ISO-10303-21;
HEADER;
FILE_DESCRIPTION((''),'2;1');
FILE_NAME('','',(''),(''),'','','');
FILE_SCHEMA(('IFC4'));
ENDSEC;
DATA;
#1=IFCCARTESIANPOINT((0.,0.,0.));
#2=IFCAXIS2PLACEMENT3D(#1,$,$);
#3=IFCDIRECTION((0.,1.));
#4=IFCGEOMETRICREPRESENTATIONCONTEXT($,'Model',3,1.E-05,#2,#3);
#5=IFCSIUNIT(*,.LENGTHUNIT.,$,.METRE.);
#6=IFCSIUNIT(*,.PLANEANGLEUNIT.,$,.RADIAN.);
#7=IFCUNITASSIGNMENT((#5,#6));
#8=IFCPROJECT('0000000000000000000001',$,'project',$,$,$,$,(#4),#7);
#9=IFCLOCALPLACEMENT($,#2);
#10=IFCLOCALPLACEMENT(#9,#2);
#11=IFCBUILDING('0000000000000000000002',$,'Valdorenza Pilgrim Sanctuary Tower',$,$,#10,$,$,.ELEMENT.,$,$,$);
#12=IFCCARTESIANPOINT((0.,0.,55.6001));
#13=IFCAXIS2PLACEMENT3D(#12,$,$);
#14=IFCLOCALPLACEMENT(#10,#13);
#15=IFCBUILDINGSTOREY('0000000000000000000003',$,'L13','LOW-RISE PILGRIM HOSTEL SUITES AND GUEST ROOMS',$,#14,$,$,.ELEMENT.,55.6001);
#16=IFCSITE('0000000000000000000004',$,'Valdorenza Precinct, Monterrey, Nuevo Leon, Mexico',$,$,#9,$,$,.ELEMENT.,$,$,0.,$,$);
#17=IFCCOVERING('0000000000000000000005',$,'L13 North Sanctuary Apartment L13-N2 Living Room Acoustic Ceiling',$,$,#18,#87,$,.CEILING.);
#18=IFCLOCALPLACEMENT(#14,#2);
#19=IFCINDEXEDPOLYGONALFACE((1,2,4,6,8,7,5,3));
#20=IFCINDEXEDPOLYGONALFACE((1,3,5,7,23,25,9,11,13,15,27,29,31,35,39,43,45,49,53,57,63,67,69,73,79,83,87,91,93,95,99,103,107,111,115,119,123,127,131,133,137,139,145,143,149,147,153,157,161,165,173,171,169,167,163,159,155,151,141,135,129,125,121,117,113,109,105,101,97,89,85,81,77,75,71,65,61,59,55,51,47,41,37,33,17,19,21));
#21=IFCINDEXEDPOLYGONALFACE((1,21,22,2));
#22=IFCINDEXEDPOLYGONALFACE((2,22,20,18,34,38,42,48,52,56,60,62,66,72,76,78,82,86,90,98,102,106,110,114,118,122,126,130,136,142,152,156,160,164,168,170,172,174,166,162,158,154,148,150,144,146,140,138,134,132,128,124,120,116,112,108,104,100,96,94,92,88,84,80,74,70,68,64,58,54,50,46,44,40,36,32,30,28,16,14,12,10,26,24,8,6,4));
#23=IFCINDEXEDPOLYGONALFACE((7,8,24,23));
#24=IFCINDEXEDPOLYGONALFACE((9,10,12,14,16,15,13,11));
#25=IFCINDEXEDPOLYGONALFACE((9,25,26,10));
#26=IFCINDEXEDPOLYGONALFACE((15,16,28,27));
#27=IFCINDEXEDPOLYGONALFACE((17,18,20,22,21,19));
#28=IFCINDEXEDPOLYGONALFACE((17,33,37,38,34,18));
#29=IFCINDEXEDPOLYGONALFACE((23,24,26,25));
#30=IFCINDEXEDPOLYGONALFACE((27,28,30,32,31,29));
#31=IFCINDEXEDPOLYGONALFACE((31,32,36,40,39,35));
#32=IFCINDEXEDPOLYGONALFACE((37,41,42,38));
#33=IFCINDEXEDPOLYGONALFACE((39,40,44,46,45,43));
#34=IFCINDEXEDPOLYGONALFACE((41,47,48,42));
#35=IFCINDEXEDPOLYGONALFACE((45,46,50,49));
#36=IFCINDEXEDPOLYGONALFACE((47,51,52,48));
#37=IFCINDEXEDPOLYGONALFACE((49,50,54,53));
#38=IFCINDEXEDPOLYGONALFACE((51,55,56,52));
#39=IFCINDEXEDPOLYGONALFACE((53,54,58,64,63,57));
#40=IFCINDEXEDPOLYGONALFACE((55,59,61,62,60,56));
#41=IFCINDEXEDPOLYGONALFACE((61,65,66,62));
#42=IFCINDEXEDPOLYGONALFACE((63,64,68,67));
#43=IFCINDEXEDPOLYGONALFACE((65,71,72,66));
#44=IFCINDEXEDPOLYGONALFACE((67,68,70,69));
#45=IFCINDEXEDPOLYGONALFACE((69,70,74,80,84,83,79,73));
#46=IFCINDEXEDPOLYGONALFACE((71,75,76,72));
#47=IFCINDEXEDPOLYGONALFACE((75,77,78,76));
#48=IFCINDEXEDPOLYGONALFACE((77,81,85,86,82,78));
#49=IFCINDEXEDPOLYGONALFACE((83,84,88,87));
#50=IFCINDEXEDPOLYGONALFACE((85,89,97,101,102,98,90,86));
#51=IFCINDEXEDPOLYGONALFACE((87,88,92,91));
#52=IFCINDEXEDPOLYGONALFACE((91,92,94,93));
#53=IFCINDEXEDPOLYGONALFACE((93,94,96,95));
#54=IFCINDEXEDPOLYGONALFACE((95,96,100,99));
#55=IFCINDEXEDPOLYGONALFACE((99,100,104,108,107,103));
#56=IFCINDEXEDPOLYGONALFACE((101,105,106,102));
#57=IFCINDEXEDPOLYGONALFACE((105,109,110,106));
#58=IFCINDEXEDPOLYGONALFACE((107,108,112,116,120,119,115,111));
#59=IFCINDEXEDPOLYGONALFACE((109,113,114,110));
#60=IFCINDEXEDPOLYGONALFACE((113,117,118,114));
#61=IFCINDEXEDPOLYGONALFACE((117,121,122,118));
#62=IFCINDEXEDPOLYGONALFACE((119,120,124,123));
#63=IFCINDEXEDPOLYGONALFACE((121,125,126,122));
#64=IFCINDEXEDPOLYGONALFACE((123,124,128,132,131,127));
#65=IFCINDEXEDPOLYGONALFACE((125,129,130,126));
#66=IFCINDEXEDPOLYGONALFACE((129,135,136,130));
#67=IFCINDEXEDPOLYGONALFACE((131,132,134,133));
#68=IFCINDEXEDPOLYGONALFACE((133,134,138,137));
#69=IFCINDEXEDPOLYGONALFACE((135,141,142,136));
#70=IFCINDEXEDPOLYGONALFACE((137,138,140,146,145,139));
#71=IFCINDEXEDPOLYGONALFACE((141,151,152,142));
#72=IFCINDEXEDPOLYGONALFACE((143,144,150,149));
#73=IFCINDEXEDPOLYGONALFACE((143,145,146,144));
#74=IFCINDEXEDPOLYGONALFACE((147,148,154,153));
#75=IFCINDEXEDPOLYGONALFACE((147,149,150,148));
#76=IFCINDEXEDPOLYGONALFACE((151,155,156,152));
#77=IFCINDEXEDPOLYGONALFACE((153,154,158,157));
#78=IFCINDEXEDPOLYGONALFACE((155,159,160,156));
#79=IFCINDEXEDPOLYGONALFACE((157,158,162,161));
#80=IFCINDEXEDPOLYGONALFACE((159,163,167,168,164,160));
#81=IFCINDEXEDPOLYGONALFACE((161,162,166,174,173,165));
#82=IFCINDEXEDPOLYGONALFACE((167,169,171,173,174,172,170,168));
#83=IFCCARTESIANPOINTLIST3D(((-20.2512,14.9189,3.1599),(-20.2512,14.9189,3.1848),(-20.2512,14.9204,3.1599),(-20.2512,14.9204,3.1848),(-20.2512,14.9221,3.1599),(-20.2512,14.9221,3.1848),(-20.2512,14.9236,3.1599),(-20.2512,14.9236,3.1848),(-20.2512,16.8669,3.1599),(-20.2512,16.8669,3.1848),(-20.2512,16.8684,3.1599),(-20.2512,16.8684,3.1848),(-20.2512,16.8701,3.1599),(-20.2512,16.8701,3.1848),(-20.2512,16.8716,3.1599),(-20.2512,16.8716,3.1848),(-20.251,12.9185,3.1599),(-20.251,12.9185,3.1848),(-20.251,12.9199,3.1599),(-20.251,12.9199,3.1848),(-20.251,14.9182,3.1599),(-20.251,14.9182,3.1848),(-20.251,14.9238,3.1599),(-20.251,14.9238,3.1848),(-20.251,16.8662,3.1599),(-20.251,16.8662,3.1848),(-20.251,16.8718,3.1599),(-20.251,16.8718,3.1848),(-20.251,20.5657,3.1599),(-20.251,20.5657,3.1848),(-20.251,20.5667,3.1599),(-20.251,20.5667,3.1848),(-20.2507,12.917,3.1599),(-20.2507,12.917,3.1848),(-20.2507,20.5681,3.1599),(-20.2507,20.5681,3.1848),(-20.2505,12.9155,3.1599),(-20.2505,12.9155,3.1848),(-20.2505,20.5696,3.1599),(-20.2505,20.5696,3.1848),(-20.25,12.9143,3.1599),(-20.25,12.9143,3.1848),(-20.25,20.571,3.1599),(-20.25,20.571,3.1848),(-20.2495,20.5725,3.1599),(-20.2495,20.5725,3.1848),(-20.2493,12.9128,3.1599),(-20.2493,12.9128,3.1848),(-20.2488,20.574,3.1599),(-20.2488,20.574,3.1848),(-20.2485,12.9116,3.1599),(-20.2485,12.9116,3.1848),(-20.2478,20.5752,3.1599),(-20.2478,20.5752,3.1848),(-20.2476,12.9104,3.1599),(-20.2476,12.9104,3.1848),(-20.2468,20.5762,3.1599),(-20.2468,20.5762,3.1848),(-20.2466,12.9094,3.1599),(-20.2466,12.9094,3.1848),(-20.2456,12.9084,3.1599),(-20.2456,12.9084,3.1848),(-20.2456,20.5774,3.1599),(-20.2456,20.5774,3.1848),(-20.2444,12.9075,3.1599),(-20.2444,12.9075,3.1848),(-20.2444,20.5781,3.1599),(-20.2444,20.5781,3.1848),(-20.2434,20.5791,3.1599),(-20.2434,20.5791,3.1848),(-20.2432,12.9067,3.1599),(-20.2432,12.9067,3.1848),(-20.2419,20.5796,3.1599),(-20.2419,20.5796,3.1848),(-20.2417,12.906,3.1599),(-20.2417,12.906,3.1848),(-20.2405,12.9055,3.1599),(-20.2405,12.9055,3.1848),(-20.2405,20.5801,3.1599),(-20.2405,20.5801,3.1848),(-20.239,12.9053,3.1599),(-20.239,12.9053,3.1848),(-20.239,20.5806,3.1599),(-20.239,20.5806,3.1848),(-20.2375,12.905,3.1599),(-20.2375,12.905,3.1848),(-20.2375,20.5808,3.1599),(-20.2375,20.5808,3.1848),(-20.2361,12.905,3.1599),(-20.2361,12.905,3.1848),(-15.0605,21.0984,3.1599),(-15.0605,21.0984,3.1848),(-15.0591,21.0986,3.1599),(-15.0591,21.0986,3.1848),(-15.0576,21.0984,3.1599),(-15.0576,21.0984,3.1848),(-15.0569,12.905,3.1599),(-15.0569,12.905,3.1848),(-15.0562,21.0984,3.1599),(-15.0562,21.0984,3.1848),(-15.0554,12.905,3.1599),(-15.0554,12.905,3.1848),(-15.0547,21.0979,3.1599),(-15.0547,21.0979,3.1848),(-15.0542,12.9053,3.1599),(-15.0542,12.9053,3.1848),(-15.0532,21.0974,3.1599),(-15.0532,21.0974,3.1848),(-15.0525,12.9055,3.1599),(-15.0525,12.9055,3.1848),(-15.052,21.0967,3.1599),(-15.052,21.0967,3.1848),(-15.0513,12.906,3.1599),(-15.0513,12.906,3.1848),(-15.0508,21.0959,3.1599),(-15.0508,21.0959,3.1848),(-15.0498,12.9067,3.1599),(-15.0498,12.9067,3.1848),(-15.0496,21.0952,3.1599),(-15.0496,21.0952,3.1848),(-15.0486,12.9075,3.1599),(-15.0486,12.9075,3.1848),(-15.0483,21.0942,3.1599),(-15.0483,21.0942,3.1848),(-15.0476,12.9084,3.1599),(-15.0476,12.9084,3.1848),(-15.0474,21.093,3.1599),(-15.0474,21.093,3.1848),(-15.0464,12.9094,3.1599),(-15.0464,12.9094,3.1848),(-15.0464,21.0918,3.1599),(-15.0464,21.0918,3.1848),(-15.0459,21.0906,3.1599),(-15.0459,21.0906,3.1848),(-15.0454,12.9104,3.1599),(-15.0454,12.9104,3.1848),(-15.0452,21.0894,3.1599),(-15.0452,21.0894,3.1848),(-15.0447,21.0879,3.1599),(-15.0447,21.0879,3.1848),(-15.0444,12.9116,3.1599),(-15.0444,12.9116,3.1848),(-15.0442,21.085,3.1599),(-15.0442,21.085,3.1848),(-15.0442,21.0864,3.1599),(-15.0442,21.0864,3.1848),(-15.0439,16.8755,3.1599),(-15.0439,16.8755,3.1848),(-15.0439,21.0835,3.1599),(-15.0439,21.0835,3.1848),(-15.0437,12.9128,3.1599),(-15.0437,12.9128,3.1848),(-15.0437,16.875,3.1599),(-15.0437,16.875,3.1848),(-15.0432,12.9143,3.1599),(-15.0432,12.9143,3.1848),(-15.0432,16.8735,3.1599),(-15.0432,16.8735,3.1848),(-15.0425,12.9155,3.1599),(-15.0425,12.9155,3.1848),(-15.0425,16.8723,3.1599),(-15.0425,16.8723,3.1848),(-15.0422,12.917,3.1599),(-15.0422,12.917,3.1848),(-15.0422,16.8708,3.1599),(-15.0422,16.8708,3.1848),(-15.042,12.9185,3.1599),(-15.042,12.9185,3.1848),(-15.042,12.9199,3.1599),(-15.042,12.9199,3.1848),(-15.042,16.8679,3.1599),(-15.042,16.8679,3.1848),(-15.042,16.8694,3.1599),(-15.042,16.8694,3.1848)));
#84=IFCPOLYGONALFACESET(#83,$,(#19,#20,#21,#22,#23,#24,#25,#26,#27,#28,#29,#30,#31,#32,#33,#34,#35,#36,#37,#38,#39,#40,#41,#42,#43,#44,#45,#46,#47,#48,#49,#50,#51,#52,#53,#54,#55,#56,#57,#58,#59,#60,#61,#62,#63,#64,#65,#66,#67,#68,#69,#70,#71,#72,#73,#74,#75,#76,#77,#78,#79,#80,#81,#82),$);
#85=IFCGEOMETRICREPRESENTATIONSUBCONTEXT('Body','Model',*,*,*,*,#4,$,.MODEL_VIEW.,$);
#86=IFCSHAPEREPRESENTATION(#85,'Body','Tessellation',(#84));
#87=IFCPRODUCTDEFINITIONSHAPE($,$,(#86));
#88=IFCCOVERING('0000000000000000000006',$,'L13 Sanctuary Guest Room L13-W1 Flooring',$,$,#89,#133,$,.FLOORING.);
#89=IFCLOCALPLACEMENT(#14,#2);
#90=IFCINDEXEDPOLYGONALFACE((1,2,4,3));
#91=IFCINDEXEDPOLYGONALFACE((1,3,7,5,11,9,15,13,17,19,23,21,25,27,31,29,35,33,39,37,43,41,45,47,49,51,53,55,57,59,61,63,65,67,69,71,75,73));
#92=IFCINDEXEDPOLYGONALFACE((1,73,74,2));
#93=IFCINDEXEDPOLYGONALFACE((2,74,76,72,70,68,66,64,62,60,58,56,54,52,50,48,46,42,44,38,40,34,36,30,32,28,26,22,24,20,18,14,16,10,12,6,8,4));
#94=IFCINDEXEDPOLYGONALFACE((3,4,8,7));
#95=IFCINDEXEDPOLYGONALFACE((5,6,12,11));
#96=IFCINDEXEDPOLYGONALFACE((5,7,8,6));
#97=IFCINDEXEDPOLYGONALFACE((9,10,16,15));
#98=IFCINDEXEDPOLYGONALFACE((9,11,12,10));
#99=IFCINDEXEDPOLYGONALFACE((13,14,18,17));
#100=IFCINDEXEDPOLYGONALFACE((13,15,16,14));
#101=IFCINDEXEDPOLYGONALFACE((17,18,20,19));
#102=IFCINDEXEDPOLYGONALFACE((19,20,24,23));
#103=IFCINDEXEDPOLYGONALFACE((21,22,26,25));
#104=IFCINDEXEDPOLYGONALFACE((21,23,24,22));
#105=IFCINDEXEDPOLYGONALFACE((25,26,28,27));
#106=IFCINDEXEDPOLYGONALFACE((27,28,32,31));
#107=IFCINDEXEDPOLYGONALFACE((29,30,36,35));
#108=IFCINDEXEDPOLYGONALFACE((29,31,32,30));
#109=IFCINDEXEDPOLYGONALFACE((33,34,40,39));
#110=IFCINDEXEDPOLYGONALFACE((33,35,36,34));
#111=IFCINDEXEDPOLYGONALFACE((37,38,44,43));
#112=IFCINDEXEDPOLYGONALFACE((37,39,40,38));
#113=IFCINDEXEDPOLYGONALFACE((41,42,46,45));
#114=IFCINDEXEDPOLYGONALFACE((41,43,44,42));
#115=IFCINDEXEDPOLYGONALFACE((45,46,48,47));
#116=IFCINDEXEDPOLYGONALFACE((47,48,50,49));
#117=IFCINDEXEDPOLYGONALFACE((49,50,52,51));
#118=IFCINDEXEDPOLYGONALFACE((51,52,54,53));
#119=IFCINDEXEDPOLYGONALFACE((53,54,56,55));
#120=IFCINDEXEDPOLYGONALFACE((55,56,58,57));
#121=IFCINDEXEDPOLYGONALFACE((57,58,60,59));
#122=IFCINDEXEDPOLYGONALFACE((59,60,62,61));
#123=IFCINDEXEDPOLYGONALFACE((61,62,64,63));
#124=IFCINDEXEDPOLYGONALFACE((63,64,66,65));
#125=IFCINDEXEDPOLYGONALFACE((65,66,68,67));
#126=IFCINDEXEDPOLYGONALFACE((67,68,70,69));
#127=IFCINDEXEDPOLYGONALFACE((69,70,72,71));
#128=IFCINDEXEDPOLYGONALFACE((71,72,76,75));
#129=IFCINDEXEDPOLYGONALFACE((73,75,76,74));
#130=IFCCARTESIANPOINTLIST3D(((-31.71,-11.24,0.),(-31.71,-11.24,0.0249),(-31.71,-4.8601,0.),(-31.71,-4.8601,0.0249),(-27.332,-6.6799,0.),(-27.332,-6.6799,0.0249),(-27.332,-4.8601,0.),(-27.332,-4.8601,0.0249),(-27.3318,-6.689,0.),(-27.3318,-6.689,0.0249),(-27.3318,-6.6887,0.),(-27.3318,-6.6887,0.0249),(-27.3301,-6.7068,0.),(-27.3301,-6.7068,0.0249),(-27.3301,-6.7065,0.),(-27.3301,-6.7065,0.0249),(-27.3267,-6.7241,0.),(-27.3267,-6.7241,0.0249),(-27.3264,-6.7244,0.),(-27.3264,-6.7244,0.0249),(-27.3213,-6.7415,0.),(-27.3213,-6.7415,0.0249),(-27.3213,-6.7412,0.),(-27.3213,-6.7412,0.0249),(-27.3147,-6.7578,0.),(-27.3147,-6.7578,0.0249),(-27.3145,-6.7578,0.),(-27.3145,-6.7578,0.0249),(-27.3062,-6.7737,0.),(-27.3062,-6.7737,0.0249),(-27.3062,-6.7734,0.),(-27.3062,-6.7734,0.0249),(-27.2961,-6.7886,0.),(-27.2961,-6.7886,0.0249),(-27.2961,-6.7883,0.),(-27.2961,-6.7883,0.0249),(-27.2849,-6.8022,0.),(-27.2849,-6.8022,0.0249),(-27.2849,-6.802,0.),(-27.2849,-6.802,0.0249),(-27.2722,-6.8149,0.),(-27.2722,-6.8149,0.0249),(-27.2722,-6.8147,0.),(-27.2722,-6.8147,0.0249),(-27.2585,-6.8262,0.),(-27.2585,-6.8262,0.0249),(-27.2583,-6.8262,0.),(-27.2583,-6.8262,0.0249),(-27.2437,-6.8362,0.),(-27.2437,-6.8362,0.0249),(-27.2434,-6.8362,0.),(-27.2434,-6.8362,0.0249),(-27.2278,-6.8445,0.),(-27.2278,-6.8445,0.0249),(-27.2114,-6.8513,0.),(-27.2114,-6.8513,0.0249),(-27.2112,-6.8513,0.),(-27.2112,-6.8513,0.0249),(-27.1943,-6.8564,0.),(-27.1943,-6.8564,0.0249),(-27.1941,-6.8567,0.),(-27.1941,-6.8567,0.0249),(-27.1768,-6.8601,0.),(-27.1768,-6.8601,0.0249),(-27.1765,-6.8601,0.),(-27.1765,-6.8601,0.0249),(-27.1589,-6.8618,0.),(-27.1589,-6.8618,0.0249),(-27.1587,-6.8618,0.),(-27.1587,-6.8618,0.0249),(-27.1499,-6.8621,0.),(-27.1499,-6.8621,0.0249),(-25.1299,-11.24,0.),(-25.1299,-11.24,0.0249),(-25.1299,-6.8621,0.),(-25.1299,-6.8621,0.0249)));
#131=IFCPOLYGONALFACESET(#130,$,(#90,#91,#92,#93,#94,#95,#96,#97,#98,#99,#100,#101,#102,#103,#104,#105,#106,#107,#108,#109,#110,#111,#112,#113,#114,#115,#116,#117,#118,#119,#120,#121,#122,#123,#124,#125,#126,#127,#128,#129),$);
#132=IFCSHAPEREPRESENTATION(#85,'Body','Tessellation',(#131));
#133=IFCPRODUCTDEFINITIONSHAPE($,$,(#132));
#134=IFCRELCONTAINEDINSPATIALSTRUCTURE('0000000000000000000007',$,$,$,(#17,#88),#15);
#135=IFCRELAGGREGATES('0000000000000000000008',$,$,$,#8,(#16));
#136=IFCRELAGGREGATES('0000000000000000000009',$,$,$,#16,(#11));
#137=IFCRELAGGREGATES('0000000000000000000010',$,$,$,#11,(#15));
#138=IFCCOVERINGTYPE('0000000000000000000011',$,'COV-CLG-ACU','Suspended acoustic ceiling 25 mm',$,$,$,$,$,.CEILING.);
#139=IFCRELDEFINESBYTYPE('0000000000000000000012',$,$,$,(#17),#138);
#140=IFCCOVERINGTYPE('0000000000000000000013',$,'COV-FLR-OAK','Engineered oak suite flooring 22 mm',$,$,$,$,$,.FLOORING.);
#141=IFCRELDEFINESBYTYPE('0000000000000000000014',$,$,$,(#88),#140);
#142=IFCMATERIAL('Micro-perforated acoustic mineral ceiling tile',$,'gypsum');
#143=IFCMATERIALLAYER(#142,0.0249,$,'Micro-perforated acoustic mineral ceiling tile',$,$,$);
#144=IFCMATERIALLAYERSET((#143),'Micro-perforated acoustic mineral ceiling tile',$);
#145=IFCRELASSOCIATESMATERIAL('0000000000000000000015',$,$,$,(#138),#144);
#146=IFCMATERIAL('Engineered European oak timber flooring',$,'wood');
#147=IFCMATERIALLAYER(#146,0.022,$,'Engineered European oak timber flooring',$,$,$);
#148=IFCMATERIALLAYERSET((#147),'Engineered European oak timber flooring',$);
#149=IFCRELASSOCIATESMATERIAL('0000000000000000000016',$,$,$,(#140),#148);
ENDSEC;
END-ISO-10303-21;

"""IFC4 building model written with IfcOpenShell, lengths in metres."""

from ifc_helpers import new_model, si_unit, direction, frame, origin, place, context, subcontext, project, spatial, polyline, outline, extrude, material, layer, layer_set, type_object, element, save


model = new_model("IFC4")

# Units and contexts
model_context = context("Model", 3, precision=1e-05, world=origin(), true_north=direction((0.0, 1.0)))
body_context = subcontext(model_context, "Body", "Model", "MODEL_VIEW")
ifc_project = project(units=[si_unit("LENGTHUNIT", "METRE"), si_unit("PLANEANGLEUNIT", "RADIAN")], contexts=[model_context])

# Site, building, storey
site_placement = place(None, origin())
site = spatial("IfcSite", under=ifc_project, at=site_placement, Name="Valdorenza Precinct, Monterrey, Nuevo Leon, Mexico", CompositionType="ELEMENT", RefElevation=0.0)
building_placement = place(site_placement, origin())
building = spatial("IfcBuilding", under=site, at=building_placement, Name="Valdorenza Pilgrim Sanctuary Tower", CompositionType="ELEMENT")
storey_placement = place(building_placement, frame((0.0, 0.0, 55.6001)))
storey = spatial("IfcBuildingStorey", under=building, at=storey_placement, Name="L13", Description="LOW-RISE PILGRIM HOSTEL SUITES AND GUEST ROOMS", CompositionType="ELEMENT", Elevation=55.6001)

# Coverings
ifc_material_1 = material(Name="Micro-perforated acoustic mineral ceiling tile", Category="gypsum")
ifc_layer_1 = layer(ifc_material_1, 0.0249, Name="Micro-perforated acoustic mineral ceiling tile")
ifc_layer_set_1 = layer_set([ifc_layer_1], Name="Micro-perforated acoustic mineral ceiling tile")
covering_type_1 = type_object("IfcCoveringType", Name="COV-CLG-ACU", Description="Suspended acoustic ceiling 25 mm", PredefinedType="CEILING", material=ifc_layer_set_1)
covering_1_placement = place(storey_placement, frame((0.0, 0.0, 3.1599)))
element("IfcCovering", 1, at=covering_1_placement, inside=storey, type_object=covering_type_1, Name="L13 North Sanctuary Apartment L13-N2 Living Room Acoustic Ceiling", PredefinedType="CEILING", context=body_context, shape_type="SweptSolid", body=[
    extrude(outline(polyline([(-20.251, 14.9182), (-20.2512, 14.9189), (-20.2512, 14.9204), (-20.2512, 14.9221), (-20.2512, 14.9236), (-20.251, 14.9238), (-20.251, 16.8662), (-20.2512, 16.8669), (-20.2512, 16.8684), (-20.2512, 16.8701), (-20.2512, 16.8716), (-20.251, 16.8718), (-20.251, 20.5657), (-20.251, 20.5657), (-20.251, 20.5667), (-20.2507, 20.5681), (-20.2505, 20.5696), (-20.25, 20.571), (-20.2495, 20.5725), (-20.2488, 20.574), (-20.2478, 20.5752), (-20.2468, 20.5762), (-20.2456, 20.5774), (-20.2444, 20.5781), (-20.2434, 20.5791), (-20.2419, 20.5796), (-20.2405, 20.5801), (-20.239, 20.5806), (-20.2375, 20.5808), (-15.0605, 21.0984), (-15.0591, 21.0986), (-15.0576, 21.0984), (-15.0562, 21.0984), (-15.0547, 21.0979), (-15.0532, 21.0974), (-15.052, 21.0967), (-15.0508, 21.0959), (-15.0496, 21.0952), (-15.0483, 21.0942), (-15.0474, 21.093), (-15.0464, 21.0918), (-15.0459, 21.0906), (-15.0452, 21.0894), (-15.0447, 21.0879), (-15.0442, 21.0864), (-15.0442, 21.085), (-15.0439, 21.0835), (-15.0439, 16.8755), (-15.0437, 16.875), (-15.0432, 16.8735), (-15.0425, 16.8723), (-15.0422, 16.8708), (-15.042, 16.8694), (-15.042, 16.8679), (-15.042, 12.9199), (-15.042, 12.9185), (-15.0422, 12.917), (-15.0425, 12.9155), (-15.0432, 12.9143), (-15.0437, 12.9128), (-15.0444, 12.9116), (-15.0454, 12.9104), (-15.0464, 12.9094), (-15.0476, 12.9084), (-15.0486, 12.9075), (-15.0498, 12.9067), (-15.0513, 12.906), (-15.0525, 12.9055), (-15.0542, 12.9053), (-15.0554, 12.905), (-15.0569, 12.905), (-20.2361, 12.905), (-20.2375, 12.905), (-20.239, 12.9053), (-20.2405, 12.9055), (-20.2417, 12.906), (-20.2432, 12.9067), (-20.2444, 12.9075), (-20.2456, 12.9084), (-20.2466, 12.9094), (-20.2476, 12.9104), (-20.2485, 12.9116), (-20.2493, 12.9128), (-20.25, 12.9143), (-20.2505, 12.9155), (-20.2507, 12.917), (-20.251, 12.9185), (-20.251, 12.9199), (-20.251, 14.9182)])), origin(), (0.0, 0.0, 1.0), 0.0249),
])
ifc_material_2 = material(Name="Engineered European oak timber flooring", Category="wood")
ifc_layer_2 = layer(ifc_material_2, 0.022, Name="Engineered European oak timber flooring")
ifc_layer_set_2 = layer_set([ifc_layer_2], Name="Engineered European oak timber flooring")
covering_type_2 = type_object("IfcCoveringType", Name="COV-FLR-OAK", Description="Engineered oak suite flooring 22 mm", PredefinedType="FLOORING", material=ifc_layer_set_2)
covering_2_placement = place(storey_placement, origin())
element("IfcCovering", 2, at=covering_2_placement, inside=storey, type_object=covering_type_2, Name="L13 Sanctuary Guest Room L13-W1 Flooring", PredefinedType="FLOORING", context=body_context, shape_type="SweptSolid", body=[
    extrude(outline(polyline([(-31.71, -4.8601), (-27.332, -4.8601), (-27.332, -6.6799), (-27.3318, -6.6887), (-27.3318, -6.689), (-27.3301, -6.7065), (-27.3301, -6.7068), (-27.3267, -6.7241), (-27.3264, -6.7244), (-27.3213, -6.7412), (-27.3213, -6.7415), (-27.3147, -6.7578), (-27.3145, -6.7578), (-27.3062, -6.7734), (-27.3062, -6.7737), (-27.2961, -6.7883), (-27.2961, -6.7886), (-27.2849, -6.802), (-27.2849, -6.8022), (-27.2722, -6.8147), (-27.2722, -6.8149), (-27.2585, -6.8262), (-27.2583, -6.8262), (-27.2437, -6.8362), (-27.2434, -6.8362), (-27.2278, -6.8445), (-27.2278, -6.8445), (-27.2114, -6.8513), (-27.2112, -6.8513), (-27.1943, -6.8564), (-27.1941, -6.8567), (-27.1768, -6.8601), (-27.1765, -6.8601), (-27.1589, -6.8618), (-27.1587, -6.8618), (-27.1499, -6.8621), (-25.1299, -6.8621), (-25.1299, -11.24), (-31.71, -11.24), (-31.71, -4.8601)])), origin(), (0.0, 0.0, 1.0), 0.0249),
])

save(model, "model.ifc")
